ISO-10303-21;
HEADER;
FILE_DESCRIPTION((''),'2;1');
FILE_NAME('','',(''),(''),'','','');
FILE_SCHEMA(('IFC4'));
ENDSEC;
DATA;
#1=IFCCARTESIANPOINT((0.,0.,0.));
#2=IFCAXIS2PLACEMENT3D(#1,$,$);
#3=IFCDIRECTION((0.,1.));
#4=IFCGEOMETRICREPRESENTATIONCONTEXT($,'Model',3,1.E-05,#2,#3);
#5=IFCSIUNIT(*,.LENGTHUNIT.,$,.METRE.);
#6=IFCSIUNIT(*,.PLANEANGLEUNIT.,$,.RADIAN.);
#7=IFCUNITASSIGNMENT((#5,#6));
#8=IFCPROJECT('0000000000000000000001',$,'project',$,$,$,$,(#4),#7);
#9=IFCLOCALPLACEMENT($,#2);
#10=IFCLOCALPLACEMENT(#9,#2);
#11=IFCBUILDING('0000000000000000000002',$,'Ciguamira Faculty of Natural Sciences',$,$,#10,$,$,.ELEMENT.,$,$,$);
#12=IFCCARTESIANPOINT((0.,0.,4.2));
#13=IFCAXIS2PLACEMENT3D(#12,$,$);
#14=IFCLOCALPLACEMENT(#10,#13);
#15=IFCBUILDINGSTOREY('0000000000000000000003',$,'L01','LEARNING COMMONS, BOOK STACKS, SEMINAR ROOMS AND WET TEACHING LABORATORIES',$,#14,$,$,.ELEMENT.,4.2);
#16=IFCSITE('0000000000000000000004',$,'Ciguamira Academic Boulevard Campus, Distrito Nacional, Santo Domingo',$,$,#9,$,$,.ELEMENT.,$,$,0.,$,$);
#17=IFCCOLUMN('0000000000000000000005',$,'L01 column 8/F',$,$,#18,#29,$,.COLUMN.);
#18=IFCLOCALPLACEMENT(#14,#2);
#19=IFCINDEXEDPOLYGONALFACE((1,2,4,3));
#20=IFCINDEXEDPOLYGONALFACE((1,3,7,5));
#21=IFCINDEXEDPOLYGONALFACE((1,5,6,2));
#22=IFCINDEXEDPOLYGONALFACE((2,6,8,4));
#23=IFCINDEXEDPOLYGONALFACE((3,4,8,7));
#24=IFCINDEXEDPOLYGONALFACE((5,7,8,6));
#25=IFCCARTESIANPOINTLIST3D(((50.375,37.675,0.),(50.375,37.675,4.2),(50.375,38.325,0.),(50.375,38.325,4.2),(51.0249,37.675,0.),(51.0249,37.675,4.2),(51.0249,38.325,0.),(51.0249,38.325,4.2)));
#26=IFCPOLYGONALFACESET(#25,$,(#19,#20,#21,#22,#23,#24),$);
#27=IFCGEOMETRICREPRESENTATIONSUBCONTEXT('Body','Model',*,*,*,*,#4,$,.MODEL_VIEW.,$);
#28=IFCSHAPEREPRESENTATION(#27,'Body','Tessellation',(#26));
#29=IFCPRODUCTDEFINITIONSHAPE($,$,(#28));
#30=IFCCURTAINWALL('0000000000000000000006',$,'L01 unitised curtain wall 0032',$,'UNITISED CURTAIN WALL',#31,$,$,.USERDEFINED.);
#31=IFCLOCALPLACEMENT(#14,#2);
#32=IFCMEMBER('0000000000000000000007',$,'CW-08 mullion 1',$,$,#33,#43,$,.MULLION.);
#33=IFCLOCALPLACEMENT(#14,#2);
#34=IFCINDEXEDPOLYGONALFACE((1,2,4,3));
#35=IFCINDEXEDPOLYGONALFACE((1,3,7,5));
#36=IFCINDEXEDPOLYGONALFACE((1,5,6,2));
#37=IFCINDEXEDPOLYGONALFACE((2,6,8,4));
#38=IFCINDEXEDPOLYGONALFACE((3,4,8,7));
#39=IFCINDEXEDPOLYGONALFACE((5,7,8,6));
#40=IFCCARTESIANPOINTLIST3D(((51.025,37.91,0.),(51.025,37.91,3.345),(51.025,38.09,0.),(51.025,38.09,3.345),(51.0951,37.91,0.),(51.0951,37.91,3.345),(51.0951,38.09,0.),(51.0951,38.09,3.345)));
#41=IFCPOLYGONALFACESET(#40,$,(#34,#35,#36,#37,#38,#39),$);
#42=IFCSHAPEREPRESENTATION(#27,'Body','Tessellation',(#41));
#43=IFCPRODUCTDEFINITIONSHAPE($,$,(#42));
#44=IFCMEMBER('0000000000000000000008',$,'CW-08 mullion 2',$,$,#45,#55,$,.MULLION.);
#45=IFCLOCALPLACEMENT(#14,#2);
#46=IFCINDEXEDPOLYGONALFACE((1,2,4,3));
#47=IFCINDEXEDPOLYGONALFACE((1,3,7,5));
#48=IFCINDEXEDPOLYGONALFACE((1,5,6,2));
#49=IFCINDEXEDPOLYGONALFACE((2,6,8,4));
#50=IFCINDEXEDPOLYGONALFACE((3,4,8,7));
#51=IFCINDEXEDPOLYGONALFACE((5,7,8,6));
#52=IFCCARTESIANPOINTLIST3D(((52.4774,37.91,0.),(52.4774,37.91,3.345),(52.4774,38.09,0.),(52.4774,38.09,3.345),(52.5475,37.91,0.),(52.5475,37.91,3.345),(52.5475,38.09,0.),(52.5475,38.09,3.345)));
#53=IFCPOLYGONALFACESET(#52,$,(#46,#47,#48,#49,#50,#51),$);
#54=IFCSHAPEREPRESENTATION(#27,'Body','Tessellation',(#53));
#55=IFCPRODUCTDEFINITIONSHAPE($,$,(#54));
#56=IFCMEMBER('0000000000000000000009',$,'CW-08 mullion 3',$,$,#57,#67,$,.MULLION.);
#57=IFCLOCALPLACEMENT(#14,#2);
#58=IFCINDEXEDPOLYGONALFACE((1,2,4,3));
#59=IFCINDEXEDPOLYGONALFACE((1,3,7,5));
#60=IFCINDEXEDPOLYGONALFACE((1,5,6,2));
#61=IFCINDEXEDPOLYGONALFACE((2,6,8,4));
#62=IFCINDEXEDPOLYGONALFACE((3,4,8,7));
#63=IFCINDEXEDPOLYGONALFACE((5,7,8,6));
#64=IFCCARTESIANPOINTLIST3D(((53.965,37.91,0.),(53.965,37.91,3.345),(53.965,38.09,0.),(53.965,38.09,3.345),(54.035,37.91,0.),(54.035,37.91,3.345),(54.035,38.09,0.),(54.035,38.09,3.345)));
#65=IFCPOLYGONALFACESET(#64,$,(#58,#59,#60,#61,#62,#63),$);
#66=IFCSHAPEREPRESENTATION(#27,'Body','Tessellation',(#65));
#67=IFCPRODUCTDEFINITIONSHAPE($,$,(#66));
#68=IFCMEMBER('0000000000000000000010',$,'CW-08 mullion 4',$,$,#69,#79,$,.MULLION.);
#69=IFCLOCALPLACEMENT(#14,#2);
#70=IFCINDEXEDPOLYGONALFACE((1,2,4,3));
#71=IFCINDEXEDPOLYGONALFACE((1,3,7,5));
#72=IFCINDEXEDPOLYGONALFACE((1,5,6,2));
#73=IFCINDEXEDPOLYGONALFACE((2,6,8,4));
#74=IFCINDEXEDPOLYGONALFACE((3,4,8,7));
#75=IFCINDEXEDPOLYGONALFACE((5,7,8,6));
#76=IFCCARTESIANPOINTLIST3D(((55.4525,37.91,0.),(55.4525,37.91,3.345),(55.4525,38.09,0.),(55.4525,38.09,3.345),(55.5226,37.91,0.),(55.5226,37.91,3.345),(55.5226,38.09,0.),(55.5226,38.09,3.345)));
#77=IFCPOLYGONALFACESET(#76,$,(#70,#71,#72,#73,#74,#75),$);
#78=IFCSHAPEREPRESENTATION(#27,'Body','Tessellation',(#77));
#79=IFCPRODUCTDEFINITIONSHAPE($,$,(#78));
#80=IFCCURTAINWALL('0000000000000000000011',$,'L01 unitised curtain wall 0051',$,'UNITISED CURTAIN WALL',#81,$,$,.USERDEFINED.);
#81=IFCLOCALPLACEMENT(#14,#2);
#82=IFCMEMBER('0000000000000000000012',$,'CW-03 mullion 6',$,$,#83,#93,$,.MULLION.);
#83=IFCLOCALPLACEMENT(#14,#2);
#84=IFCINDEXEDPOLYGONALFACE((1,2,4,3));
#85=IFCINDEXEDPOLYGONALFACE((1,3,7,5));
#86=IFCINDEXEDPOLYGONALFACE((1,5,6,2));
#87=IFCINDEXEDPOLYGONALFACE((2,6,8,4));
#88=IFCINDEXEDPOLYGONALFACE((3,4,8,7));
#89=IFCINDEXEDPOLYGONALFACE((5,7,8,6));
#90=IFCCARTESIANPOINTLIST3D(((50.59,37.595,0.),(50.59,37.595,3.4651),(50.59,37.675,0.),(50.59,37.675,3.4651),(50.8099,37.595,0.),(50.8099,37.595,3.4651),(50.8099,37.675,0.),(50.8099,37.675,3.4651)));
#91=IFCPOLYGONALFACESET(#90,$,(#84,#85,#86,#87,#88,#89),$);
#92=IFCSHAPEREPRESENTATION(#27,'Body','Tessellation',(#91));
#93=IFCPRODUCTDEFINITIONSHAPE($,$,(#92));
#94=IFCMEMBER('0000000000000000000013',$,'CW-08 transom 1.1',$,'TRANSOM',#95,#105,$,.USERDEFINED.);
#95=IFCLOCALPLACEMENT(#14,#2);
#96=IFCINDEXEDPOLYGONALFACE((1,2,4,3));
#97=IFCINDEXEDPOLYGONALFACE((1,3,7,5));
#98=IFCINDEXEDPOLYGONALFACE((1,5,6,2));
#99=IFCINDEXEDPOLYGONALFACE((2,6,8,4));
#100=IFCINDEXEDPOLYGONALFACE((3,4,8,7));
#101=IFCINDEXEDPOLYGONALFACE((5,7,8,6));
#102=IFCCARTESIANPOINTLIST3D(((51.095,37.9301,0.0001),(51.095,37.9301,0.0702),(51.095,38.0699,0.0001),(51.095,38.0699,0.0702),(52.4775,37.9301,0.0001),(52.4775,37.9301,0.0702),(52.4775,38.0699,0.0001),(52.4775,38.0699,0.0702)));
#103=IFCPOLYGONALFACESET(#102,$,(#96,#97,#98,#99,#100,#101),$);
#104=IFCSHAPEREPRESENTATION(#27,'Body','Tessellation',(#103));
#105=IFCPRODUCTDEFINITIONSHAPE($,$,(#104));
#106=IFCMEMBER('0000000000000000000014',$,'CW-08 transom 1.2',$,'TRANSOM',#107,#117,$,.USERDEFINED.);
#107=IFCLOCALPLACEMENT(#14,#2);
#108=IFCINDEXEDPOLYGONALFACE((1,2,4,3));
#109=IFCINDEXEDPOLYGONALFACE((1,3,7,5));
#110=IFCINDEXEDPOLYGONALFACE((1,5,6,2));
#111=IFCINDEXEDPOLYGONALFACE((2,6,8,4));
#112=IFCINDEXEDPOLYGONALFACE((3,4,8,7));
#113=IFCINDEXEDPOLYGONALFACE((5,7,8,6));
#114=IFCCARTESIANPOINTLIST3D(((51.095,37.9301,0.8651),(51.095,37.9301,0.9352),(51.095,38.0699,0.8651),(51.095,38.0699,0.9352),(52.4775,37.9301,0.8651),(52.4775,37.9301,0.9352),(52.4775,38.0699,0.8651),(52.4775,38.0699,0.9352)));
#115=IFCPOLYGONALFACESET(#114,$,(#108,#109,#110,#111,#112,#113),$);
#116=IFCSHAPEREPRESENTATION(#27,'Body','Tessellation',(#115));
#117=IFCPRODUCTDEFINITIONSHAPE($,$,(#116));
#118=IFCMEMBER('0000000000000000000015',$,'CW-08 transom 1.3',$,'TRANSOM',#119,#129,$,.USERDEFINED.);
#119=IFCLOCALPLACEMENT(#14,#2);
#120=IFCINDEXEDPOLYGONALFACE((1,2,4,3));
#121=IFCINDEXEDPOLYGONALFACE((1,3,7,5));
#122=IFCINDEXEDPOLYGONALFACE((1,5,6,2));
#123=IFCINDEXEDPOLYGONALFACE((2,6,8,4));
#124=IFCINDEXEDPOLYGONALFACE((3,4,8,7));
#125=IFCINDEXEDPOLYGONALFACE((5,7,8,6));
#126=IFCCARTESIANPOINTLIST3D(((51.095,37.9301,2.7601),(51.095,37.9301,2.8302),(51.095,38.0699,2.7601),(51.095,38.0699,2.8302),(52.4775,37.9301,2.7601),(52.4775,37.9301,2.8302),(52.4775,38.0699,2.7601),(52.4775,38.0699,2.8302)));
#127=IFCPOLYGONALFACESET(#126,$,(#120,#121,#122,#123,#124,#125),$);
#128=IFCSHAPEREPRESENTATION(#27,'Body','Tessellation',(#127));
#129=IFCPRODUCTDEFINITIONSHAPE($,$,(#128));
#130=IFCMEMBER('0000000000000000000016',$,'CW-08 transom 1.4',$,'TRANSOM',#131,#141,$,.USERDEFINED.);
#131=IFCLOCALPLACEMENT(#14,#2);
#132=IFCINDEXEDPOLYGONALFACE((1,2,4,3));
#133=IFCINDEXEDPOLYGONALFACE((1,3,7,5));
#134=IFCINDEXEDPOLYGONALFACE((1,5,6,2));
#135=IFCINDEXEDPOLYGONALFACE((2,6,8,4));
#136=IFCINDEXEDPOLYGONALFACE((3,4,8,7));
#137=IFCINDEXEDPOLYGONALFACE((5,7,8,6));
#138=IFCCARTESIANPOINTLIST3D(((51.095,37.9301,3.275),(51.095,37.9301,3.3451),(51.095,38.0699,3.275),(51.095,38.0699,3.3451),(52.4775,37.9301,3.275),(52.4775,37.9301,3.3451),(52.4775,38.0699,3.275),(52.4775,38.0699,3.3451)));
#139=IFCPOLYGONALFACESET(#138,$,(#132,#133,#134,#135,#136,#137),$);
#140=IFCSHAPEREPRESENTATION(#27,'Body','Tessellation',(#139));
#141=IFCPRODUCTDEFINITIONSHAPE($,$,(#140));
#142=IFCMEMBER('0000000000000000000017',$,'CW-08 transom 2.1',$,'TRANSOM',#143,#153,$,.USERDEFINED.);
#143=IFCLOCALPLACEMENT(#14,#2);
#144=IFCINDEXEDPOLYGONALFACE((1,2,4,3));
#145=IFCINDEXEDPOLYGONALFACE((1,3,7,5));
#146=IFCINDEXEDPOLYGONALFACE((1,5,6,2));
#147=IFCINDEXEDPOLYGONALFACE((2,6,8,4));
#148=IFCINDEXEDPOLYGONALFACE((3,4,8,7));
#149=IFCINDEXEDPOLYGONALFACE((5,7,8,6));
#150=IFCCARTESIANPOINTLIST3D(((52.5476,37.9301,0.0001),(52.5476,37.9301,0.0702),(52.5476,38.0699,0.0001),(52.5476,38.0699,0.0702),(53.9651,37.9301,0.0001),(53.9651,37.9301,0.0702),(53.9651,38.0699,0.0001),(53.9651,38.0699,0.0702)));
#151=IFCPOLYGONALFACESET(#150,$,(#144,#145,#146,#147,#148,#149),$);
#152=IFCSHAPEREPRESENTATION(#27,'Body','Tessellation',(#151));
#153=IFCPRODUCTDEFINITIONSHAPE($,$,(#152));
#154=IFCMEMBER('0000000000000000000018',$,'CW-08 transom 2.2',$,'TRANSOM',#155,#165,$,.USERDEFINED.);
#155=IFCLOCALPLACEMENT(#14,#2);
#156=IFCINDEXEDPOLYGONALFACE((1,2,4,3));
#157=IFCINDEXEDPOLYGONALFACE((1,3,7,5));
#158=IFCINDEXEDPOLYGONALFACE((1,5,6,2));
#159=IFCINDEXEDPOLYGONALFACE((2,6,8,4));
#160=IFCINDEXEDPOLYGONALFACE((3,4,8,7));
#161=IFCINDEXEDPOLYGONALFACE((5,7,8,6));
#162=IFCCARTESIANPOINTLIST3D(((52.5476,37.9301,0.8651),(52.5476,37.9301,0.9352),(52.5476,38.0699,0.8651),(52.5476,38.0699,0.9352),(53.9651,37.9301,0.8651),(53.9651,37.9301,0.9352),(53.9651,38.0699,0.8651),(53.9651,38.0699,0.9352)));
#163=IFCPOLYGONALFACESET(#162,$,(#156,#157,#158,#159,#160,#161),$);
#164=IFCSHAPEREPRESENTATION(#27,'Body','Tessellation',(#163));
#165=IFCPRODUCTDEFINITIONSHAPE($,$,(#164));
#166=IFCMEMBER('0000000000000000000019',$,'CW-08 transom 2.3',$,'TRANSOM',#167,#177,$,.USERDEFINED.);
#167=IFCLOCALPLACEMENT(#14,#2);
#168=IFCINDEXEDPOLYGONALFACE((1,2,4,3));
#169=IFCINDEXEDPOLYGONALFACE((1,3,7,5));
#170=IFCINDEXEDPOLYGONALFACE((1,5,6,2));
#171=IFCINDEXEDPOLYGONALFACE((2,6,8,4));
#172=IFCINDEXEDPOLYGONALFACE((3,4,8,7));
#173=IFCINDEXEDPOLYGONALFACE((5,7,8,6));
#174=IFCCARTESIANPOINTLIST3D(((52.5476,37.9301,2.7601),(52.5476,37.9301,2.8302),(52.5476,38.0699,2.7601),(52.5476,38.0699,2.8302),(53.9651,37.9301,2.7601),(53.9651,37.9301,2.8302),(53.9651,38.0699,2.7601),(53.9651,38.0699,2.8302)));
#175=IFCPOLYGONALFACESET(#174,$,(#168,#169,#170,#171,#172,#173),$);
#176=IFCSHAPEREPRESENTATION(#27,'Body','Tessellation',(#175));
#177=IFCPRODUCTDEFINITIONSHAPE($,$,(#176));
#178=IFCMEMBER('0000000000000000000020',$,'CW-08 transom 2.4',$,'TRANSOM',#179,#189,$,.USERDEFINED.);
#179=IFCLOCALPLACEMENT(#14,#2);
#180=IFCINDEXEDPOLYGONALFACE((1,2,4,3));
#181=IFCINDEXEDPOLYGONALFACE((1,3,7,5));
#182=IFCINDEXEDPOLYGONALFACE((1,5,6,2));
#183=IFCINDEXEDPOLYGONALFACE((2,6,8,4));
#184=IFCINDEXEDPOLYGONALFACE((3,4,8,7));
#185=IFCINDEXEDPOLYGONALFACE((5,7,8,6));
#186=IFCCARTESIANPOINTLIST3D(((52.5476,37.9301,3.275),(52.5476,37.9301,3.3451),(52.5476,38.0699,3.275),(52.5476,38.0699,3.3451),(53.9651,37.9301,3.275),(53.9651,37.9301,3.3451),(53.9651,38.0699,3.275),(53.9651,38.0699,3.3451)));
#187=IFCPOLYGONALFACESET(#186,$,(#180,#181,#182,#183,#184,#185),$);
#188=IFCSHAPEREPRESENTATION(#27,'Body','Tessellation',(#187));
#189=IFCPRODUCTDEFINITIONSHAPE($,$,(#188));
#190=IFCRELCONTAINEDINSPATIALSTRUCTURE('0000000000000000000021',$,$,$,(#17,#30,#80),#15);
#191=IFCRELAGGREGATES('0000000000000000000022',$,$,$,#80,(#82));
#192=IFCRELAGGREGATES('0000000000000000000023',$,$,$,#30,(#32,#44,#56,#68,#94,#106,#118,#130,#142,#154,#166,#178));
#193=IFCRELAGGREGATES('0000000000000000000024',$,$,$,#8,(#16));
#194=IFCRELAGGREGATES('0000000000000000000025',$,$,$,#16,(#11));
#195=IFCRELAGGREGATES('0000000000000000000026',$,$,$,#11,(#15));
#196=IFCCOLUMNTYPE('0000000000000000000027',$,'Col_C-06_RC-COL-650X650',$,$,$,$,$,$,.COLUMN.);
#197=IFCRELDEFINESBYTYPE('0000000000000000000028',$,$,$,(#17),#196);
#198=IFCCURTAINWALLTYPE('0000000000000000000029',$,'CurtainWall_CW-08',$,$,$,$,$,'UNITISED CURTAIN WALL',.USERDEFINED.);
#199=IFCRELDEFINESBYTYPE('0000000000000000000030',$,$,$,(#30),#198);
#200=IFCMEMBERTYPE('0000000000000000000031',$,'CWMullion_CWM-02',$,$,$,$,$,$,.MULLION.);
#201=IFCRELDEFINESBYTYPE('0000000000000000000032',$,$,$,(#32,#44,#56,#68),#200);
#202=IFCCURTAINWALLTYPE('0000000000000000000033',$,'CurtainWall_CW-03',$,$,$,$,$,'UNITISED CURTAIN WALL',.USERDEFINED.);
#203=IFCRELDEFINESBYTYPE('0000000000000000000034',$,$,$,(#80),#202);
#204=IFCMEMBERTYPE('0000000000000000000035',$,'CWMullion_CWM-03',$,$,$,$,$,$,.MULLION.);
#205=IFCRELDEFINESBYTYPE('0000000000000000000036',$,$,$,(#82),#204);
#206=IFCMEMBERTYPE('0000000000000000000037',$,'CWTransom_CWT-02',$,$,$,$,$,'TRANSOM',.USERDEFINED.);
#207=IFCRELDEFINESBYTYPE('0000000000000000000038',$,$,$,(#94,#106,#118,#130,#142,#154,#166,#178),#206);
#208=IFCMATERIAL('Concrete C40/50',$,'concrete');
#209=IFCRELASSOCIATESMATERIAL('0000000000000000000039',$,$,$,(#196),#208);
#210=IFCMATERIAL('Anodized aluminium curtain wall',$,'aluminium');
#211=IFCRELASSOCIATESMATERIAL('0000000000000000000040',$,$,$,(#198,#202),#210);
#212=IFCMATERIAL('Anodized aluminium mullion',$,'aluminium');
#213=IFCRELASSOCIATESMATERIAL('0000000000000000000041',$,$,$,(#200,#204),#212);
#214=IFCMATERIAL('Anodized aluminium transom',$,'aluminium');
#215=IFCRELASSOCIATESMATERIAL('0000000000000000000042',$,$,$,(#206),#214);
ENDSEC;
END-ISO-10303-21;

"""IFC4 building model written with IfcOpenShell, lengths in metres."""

from ifc_helpers import new_model, si_unit, direction, frame, origin, origin_2d, place, context, subcontext, project, spatial, rectangle, extrude, material, material_profile, profile_set, type_object, element, aggregate, save


model = new_model("IFC4")

# Units and contexts
model_context = context("Model", 3, precision=1e-05, world=origin(), true_north=direction((0.0, 1.0)))
body_context = subcontext(model_context, "Body", "Model", "MODEL_VIEW")
ifc_project = project(units=[si_unit("LENGTHUNIT", "METRE"), si_unit("PLANEANGLEUNIT", "RADIAN")], contexts=[model_context])

# Site, building, storey
site_placement = place(None, origin())
site = spatial("IfcSite", under=ifc_project, at=site_placement, Name="Ciguamira Academic Boulevard Campus, Distrito Nacional, Santo Domingo", CompositionType="ELEMENT", RefElevation=0.0)
building_placement = place(site_placement, origin())
building = spatial("IfcBuilding", under=site, at=building_placement, Name="Ciguamira Faculty of Natural Sciences", CompositionType="ELEMENT")
storey_placement = place(building_placement, frame((0.0, 0.0, 4.2)))
storey = spatial("IfcBuildingStorey", under=building, at=storey_placement, Name="L01", Description="LEARNING COMMONS, BOOK STACKS, SEMINAR ROOMS AND WET TEACHING LABORATORIES", CompositionType="ELEMENT", Elevation=4.2)

# Column
ifc_material_1 = material(Name="Concrete C40/50", Category="concrete")
ifc_material_profile_1 = material_profile(ifc_material_1, rectangle(XDim=0.6499, YDim=0.6499, at=origin_2d()), Name="RC-COL-650X650")
ifc_profile_set_1 = profile_set([ifc_material_profile_1], Name="Concrete C40/50")
column_type = type_object("IfcColumnType", Name="Col_C-06_RC-COL-650X650", PredefinedType="COLUMN", material=ifc_profile_set_1)
column_placement = place(storey_placement, frame((50.7, 38.0, 0.0), z_axis=(0.0, 0.0, 1.0), x_axis=(1.0, 0.0, 0.0)))
element("IfcColumn", 1, at=column_placement, inside=storey, type_object=column_type, Name="L01 column 8/F", PredefinedType="COLUMN", context=body_context, shape_type="SweptSolid", body=[
    extrude(rectangle(XDim=0.6499, YDim=0.6499, at=origin_2d()), origin(), (0.0, 0.0, 1.0), 4.2),
])

# Curtain wall, members
ifc_material_2 = material(Name="Anodized aluminium curtain wall", Category="aluminium")
curtain_wall_type_1 = type_object("IfcCurtainWallType", Name="CurtainWall_CW-08", ElementType="UNITISED CURTAIN WALL", PredefinedType="USERDEFINED", material=ifc_material_2)
curtain_wall_1_placement = place(storey_placement, origin())
curtain_wall_1 = element("IfcCurtainWall", 2, at=curtain_wall_1_placement, inside=storey, type_object=curtain_wall_type_1, Name="L01 unitised curtain wall 0032", ObjectType="UNITISED CURTAIN WALL", PredefinedType="USERDEFINED")
ifc_material_3 = material(Name="Anodized aluminium mullion", Category="aluminium")
ifc_material_profile_2 = material_profile(ifc_material_3, rectangle(XDim=0.0701, YDim=0.1799, at=origin_2d()), Name="ALU-MUL-70X180")
ifc_profile_set_2 = profile_set([ifc_material_profile_2], Name="Anodized aluminium mullion")
member_type_1 = type_object("IfcMemberType", Name="CWMullion_CWM-02", PredefinedType="MULLION", material=ifc_profile_set_2)
member_1_placement = place(storey_placement, frame((51.0601, 38.0, 0.0), z_axis=(0.0, 0.0, 1.0), x_axis=(1.0, 0.0, 0.0)))
member_1 = element("IfcMember", 3, at=member_1_placement, type_object=member_type_1, Name="CW-08 mullion 1", PredefinedType="MULLION", context=body_context, shape_type="SweptSolid", body=[
    extrude(rectangle(XDim=0.0701, YDim=0.1799, at=origin_2d()), origin(), (0.0, 0.0, 1.0), 3.345),
])
member_2_placement = place(storey_placement, frame((52.5125, 38.0, 0.0), z_axis=(0.0, 0.0, 1.0), x_axis=(1.0, 0.0, 0.0)))
member_2 = element("IfcMember", 4, at=member_2_placement, type_object=member_type_1, Name="CW-08 mullion 2", PredefinedType="MULLION", context=body_context, shape_type="SweptSolid", body=[
    extrude(rectangle(XDim=0.0701, YDim=0.1799, at=origin_2d()), origin(), (0.0, 0.0, 1.0), 3.345),
])
member_3_placement = place(storey_placement, frame((54.0, 38.0, 0.0), z_axis=(0.0, 0.0, 1.0), x_axis=(1.0, 0.0, 0.0)))
member_3 = element("IfcMember", 5, at=member_3_placement, type_object=member_type_1, Name="CW-08 mullion 3", PredefinedType="MULLION", context=body_context, shape_type="SweptSolid", body=[
    extrude(rectangle(XDim=0.0701, YDim=0.1799, at=origin_2d()), origin(), (0.0, 0.0, 1.0), 3.345),
])
member_4_placement = place(storey_placement, frame((55.4875, 38.0, 0.0), z_axis=(0.0, 0.0, 1.0), x_axis=(1.0, 0.0, 0.0)))
member_4 = element("IfcMember", 6, at=member_4_placement, type_object=member_type_1, Name="CW-08 mullion 4", PredefinedType="MULLION", context=body_context, shape_type="SweptSolid", body=[
    extrude(rectangle(XDim=0.0701, YDim=0.1799, at=origin_2d()), origin(), (0.0, 0.0, 1.0), 3.345),
])

# Curtain wall, member
curtain_wall_type_2 = type_object("IfcCurtainWallType", Name="CurtainWall_CW-03", ElementType="UNITISED CURTAIN WALL", PredefinedType="USERDEFINED", material=ifc_material_2)
curtain_wall_2_placement = place(storey_placement, origin())
curtain_wall_2 = element("IfcCurtainWall", 7, at=curtain_wall_2_placement, inside=storey, type_object=curtain_wall_type_2, Name="L01 unitised curtain wall 0051", ObjectType="UNITISED CURTAIN WALL", PredefinedType="USERDEFINED")
ifc_material_profile_3 = material_profile(ifc_material_3, rectangle(XDim=0.0801, YDim=0.22, at=origin_2d()), Name="ALU-MUL-80X220")
ifc_profile_set_3 = profile_set([ifc_material_profile_3], Name="Anodized aluminium mullion")
member_type_2 = type_object("IfcMemberType", Name="CWMullion_CWM-03", PredefinedType="MULLION", material=ifc_profile_set_3)
member_5_placement = place(storey_placement, frame((50.7, 37.635, 0.0), z_axis=(0.0, 0.0, 1.0), x_axis=(0.0, 1.0, 0.0)))
member_5 = element("IfcMember", 8, at=member_5_placement, type_object=member_type_2, Name="CW-03 mullion 6", PredefinedType="MULLION", context=body_context, shape_type="SweptSolid", body=[
    extrude(rectangle(XDim=0.0801, YDim=0.22, at=origin_2d()), origin(), (0.0, 0.0, 1.0), 3.4651),
])

# Members
ifc_material_4 = material(Name="Anodized aluminium transom", Category="aluminium")
ifc_material_profile_4 = material_profile(ifc_material_4, rectangle(XDim=0.0701, YDim=0.1399, at=origin_2d()), Name="ALU-TRN-70X140")
ifc_profile_set_4 = profile_set([ifc_material_profile_4], Name="Anodized aluminium transom")
member_type_3 = type_object("IfcMemberType", Name="CWTransom_CWT-02", ElementType="TRANSOM", PredefinedType="USERDEFINED", material=ifc_profile_set_4)
member_6_placement = place(storey_placement, frame((51.095, 38.0, 0.0352), z_axis=(1.0, 0.0, 0.0), x_axis=(0.0, 0.0, 1.0)))
member_6 = element("IfcMember", 9, at=member_6_placement, type_object=member_type_3, Name="CW-08 transom 1.1", ObjectType="TRANSOM", PredefinedType="USERDEFINED", context=body_context, shape_type="SweptSolid", body=[
    extrude(rectangle(XDim=0.0701, YDim=0.1399, at=origin_2d()), origin(), (0.0, 0.0, 1.0), 1.3826),
])
member_7_placement = place(storey_placement, frame((51.095, 38.0, 0.9001), z_axis=(1.0, 0.0, 0.0), x_axis=(0.0, 0.0, 1.0)))
member_7 = element("IfcMember", 10, at=member_7_placement, type_object=member_type_3, Name="CW-08 transom 1.2", ObjectType="TRANSOM", PredefinedType="USERDEFINED", context=body_context, shape_type="SweptSolid", body=[
    extrude(rectangle(XDim=0.0701, YDim=0.1399, at=origin_2d()), origin(), (0.0, 0.0, 1.0), 1.3826),
])
member_8_placement = place(storey_placement, frame((51.095, 38.0, 2.7952), z_axis=(1.0, 0.0, 0.0), x_axis=(0.0, 0.0, 1.0)))
member_8 = element("IfcMember", 11, at=member_8_placement, type_object=member_type_3, Name="CW-08 transom 1.3", ObjectType="TRANSOM", PredefinedType="USERDEFINED", context=body_context, shape_type="SweptSolid", body=[
    extrude(rectangle(XDim=0.0701, YDim=0.1399, at=origin_2d()), origin(), (0.0, 0.0, 1.0), 1.3826),
])
member_9_placement = place(storey_placement, frame((51.095, 38.0, 3.3101), z_axis=(1.0, 0.0, 0.0), x_axis=(0.0, 0.0, 1.0)))
member_9 = element("IfcMember", 12, at=member_9_placement, type_object=member_type_3, Name="CW-08 transom 1.4", ObjectType="TRANSOM", PredefinedType="USERDEFINED", context=body_context, shape_type="SweptSolid", body=[
    extrude(rectangle(XDim=0.0701, YDim=0.1399, at=origin_2d()), origin(), (0.0, 0.0, 1.0), 1.3826),
])
member_10_placement = place(storey_placement, frame((52.5476, 38.0, 0.0352), z_axis=(1.0, 0.0, 0.0), x_axis=(0.0, 0.0, 1.0)))
member_10 = element("IfcMember", 13, at=member_10_placement, type_object=member_type_3, Name="CW-08 transom 2.1", ObjectType="TRANSOM", PredefinedType="USERDEFINED", context=body_context, shape_type="SweptSolid", body=[
    extrude(rectangle(XDim=0.0701, YDim=0.1399, at=origin_2d()), origin(), (0.0, 0.0, 1.0), 1.4175),
])
member_11_placement = place(storey_placement, frame((52.5476, 38.0, 0.9001), z_axis=(1.0, 0.0, 0.0), x_axis=(0.0, 0.0, 1.0)))
member_11 = element("IfcMember", 14, at=member_11_placement, type_object=member_type_3, Name="CW-08 transom 2.2", ObjectType="TRANSOM", PredefinedType="USERDEFINED", context=body_context, shape_type="SweptSolid", body=[
    extrude(rectangle(XDim=0.0701, YDim=0.1399, at=origin_2d()), origin(), (0.0, 0.0, 1.0), 1.4175),
])
member_12_placement = place(storey_placement, frame((52.5476, 38.0, 2.7952), z_axis=(1.0, 0.0, 0.0), x_axis=(0.0, 0.0, 1.0)))
member_12 = element("IfcMember", 15, at=member_12_placement, type_object=member_type_3, Name="CW-08 transom 2.3", ObjectType="TRANSOM", PredefinedType="USERDEFINED", context=body_context, shape_type="SweptSolid", body=[
    extrude(rectangle(XDim=0.0701, YDim=0.1399, at=origin_2d()), origin(), (0.0, 0.0, 1.0), 1.4175),
])
member_13_placement = place(storey_placement, frame((52.5476, 38.0, 3.3101), z_axis=(1.0, 0.0, 0.0), x_axis=(0.0, 0.0, 1.0)))
member_13 = element("IfcMember", 16, at=member_13_placement, type_object=member_type_3, Name="CW-08 transom 2.4", ObjectType="TRANSOM", PredefinedType="USERDEFINED", context=body_context, shape_type="SweptSolid", body=[
    extrude(rectangle(XDim=0.0701, YDim=0.1399, at=origin_2d()), origin(), (0.0, 0.0, 1.0), 1.4175),
])

aggregate(curtain_wall_2, [member_5])
aggregate(curtain_wall_1, [member_1, member_2, member_3, member_4, member_6, member_7, member_8, member_9, member_10, member_11, member_12, member_13])

save(model, "model.ifc")
